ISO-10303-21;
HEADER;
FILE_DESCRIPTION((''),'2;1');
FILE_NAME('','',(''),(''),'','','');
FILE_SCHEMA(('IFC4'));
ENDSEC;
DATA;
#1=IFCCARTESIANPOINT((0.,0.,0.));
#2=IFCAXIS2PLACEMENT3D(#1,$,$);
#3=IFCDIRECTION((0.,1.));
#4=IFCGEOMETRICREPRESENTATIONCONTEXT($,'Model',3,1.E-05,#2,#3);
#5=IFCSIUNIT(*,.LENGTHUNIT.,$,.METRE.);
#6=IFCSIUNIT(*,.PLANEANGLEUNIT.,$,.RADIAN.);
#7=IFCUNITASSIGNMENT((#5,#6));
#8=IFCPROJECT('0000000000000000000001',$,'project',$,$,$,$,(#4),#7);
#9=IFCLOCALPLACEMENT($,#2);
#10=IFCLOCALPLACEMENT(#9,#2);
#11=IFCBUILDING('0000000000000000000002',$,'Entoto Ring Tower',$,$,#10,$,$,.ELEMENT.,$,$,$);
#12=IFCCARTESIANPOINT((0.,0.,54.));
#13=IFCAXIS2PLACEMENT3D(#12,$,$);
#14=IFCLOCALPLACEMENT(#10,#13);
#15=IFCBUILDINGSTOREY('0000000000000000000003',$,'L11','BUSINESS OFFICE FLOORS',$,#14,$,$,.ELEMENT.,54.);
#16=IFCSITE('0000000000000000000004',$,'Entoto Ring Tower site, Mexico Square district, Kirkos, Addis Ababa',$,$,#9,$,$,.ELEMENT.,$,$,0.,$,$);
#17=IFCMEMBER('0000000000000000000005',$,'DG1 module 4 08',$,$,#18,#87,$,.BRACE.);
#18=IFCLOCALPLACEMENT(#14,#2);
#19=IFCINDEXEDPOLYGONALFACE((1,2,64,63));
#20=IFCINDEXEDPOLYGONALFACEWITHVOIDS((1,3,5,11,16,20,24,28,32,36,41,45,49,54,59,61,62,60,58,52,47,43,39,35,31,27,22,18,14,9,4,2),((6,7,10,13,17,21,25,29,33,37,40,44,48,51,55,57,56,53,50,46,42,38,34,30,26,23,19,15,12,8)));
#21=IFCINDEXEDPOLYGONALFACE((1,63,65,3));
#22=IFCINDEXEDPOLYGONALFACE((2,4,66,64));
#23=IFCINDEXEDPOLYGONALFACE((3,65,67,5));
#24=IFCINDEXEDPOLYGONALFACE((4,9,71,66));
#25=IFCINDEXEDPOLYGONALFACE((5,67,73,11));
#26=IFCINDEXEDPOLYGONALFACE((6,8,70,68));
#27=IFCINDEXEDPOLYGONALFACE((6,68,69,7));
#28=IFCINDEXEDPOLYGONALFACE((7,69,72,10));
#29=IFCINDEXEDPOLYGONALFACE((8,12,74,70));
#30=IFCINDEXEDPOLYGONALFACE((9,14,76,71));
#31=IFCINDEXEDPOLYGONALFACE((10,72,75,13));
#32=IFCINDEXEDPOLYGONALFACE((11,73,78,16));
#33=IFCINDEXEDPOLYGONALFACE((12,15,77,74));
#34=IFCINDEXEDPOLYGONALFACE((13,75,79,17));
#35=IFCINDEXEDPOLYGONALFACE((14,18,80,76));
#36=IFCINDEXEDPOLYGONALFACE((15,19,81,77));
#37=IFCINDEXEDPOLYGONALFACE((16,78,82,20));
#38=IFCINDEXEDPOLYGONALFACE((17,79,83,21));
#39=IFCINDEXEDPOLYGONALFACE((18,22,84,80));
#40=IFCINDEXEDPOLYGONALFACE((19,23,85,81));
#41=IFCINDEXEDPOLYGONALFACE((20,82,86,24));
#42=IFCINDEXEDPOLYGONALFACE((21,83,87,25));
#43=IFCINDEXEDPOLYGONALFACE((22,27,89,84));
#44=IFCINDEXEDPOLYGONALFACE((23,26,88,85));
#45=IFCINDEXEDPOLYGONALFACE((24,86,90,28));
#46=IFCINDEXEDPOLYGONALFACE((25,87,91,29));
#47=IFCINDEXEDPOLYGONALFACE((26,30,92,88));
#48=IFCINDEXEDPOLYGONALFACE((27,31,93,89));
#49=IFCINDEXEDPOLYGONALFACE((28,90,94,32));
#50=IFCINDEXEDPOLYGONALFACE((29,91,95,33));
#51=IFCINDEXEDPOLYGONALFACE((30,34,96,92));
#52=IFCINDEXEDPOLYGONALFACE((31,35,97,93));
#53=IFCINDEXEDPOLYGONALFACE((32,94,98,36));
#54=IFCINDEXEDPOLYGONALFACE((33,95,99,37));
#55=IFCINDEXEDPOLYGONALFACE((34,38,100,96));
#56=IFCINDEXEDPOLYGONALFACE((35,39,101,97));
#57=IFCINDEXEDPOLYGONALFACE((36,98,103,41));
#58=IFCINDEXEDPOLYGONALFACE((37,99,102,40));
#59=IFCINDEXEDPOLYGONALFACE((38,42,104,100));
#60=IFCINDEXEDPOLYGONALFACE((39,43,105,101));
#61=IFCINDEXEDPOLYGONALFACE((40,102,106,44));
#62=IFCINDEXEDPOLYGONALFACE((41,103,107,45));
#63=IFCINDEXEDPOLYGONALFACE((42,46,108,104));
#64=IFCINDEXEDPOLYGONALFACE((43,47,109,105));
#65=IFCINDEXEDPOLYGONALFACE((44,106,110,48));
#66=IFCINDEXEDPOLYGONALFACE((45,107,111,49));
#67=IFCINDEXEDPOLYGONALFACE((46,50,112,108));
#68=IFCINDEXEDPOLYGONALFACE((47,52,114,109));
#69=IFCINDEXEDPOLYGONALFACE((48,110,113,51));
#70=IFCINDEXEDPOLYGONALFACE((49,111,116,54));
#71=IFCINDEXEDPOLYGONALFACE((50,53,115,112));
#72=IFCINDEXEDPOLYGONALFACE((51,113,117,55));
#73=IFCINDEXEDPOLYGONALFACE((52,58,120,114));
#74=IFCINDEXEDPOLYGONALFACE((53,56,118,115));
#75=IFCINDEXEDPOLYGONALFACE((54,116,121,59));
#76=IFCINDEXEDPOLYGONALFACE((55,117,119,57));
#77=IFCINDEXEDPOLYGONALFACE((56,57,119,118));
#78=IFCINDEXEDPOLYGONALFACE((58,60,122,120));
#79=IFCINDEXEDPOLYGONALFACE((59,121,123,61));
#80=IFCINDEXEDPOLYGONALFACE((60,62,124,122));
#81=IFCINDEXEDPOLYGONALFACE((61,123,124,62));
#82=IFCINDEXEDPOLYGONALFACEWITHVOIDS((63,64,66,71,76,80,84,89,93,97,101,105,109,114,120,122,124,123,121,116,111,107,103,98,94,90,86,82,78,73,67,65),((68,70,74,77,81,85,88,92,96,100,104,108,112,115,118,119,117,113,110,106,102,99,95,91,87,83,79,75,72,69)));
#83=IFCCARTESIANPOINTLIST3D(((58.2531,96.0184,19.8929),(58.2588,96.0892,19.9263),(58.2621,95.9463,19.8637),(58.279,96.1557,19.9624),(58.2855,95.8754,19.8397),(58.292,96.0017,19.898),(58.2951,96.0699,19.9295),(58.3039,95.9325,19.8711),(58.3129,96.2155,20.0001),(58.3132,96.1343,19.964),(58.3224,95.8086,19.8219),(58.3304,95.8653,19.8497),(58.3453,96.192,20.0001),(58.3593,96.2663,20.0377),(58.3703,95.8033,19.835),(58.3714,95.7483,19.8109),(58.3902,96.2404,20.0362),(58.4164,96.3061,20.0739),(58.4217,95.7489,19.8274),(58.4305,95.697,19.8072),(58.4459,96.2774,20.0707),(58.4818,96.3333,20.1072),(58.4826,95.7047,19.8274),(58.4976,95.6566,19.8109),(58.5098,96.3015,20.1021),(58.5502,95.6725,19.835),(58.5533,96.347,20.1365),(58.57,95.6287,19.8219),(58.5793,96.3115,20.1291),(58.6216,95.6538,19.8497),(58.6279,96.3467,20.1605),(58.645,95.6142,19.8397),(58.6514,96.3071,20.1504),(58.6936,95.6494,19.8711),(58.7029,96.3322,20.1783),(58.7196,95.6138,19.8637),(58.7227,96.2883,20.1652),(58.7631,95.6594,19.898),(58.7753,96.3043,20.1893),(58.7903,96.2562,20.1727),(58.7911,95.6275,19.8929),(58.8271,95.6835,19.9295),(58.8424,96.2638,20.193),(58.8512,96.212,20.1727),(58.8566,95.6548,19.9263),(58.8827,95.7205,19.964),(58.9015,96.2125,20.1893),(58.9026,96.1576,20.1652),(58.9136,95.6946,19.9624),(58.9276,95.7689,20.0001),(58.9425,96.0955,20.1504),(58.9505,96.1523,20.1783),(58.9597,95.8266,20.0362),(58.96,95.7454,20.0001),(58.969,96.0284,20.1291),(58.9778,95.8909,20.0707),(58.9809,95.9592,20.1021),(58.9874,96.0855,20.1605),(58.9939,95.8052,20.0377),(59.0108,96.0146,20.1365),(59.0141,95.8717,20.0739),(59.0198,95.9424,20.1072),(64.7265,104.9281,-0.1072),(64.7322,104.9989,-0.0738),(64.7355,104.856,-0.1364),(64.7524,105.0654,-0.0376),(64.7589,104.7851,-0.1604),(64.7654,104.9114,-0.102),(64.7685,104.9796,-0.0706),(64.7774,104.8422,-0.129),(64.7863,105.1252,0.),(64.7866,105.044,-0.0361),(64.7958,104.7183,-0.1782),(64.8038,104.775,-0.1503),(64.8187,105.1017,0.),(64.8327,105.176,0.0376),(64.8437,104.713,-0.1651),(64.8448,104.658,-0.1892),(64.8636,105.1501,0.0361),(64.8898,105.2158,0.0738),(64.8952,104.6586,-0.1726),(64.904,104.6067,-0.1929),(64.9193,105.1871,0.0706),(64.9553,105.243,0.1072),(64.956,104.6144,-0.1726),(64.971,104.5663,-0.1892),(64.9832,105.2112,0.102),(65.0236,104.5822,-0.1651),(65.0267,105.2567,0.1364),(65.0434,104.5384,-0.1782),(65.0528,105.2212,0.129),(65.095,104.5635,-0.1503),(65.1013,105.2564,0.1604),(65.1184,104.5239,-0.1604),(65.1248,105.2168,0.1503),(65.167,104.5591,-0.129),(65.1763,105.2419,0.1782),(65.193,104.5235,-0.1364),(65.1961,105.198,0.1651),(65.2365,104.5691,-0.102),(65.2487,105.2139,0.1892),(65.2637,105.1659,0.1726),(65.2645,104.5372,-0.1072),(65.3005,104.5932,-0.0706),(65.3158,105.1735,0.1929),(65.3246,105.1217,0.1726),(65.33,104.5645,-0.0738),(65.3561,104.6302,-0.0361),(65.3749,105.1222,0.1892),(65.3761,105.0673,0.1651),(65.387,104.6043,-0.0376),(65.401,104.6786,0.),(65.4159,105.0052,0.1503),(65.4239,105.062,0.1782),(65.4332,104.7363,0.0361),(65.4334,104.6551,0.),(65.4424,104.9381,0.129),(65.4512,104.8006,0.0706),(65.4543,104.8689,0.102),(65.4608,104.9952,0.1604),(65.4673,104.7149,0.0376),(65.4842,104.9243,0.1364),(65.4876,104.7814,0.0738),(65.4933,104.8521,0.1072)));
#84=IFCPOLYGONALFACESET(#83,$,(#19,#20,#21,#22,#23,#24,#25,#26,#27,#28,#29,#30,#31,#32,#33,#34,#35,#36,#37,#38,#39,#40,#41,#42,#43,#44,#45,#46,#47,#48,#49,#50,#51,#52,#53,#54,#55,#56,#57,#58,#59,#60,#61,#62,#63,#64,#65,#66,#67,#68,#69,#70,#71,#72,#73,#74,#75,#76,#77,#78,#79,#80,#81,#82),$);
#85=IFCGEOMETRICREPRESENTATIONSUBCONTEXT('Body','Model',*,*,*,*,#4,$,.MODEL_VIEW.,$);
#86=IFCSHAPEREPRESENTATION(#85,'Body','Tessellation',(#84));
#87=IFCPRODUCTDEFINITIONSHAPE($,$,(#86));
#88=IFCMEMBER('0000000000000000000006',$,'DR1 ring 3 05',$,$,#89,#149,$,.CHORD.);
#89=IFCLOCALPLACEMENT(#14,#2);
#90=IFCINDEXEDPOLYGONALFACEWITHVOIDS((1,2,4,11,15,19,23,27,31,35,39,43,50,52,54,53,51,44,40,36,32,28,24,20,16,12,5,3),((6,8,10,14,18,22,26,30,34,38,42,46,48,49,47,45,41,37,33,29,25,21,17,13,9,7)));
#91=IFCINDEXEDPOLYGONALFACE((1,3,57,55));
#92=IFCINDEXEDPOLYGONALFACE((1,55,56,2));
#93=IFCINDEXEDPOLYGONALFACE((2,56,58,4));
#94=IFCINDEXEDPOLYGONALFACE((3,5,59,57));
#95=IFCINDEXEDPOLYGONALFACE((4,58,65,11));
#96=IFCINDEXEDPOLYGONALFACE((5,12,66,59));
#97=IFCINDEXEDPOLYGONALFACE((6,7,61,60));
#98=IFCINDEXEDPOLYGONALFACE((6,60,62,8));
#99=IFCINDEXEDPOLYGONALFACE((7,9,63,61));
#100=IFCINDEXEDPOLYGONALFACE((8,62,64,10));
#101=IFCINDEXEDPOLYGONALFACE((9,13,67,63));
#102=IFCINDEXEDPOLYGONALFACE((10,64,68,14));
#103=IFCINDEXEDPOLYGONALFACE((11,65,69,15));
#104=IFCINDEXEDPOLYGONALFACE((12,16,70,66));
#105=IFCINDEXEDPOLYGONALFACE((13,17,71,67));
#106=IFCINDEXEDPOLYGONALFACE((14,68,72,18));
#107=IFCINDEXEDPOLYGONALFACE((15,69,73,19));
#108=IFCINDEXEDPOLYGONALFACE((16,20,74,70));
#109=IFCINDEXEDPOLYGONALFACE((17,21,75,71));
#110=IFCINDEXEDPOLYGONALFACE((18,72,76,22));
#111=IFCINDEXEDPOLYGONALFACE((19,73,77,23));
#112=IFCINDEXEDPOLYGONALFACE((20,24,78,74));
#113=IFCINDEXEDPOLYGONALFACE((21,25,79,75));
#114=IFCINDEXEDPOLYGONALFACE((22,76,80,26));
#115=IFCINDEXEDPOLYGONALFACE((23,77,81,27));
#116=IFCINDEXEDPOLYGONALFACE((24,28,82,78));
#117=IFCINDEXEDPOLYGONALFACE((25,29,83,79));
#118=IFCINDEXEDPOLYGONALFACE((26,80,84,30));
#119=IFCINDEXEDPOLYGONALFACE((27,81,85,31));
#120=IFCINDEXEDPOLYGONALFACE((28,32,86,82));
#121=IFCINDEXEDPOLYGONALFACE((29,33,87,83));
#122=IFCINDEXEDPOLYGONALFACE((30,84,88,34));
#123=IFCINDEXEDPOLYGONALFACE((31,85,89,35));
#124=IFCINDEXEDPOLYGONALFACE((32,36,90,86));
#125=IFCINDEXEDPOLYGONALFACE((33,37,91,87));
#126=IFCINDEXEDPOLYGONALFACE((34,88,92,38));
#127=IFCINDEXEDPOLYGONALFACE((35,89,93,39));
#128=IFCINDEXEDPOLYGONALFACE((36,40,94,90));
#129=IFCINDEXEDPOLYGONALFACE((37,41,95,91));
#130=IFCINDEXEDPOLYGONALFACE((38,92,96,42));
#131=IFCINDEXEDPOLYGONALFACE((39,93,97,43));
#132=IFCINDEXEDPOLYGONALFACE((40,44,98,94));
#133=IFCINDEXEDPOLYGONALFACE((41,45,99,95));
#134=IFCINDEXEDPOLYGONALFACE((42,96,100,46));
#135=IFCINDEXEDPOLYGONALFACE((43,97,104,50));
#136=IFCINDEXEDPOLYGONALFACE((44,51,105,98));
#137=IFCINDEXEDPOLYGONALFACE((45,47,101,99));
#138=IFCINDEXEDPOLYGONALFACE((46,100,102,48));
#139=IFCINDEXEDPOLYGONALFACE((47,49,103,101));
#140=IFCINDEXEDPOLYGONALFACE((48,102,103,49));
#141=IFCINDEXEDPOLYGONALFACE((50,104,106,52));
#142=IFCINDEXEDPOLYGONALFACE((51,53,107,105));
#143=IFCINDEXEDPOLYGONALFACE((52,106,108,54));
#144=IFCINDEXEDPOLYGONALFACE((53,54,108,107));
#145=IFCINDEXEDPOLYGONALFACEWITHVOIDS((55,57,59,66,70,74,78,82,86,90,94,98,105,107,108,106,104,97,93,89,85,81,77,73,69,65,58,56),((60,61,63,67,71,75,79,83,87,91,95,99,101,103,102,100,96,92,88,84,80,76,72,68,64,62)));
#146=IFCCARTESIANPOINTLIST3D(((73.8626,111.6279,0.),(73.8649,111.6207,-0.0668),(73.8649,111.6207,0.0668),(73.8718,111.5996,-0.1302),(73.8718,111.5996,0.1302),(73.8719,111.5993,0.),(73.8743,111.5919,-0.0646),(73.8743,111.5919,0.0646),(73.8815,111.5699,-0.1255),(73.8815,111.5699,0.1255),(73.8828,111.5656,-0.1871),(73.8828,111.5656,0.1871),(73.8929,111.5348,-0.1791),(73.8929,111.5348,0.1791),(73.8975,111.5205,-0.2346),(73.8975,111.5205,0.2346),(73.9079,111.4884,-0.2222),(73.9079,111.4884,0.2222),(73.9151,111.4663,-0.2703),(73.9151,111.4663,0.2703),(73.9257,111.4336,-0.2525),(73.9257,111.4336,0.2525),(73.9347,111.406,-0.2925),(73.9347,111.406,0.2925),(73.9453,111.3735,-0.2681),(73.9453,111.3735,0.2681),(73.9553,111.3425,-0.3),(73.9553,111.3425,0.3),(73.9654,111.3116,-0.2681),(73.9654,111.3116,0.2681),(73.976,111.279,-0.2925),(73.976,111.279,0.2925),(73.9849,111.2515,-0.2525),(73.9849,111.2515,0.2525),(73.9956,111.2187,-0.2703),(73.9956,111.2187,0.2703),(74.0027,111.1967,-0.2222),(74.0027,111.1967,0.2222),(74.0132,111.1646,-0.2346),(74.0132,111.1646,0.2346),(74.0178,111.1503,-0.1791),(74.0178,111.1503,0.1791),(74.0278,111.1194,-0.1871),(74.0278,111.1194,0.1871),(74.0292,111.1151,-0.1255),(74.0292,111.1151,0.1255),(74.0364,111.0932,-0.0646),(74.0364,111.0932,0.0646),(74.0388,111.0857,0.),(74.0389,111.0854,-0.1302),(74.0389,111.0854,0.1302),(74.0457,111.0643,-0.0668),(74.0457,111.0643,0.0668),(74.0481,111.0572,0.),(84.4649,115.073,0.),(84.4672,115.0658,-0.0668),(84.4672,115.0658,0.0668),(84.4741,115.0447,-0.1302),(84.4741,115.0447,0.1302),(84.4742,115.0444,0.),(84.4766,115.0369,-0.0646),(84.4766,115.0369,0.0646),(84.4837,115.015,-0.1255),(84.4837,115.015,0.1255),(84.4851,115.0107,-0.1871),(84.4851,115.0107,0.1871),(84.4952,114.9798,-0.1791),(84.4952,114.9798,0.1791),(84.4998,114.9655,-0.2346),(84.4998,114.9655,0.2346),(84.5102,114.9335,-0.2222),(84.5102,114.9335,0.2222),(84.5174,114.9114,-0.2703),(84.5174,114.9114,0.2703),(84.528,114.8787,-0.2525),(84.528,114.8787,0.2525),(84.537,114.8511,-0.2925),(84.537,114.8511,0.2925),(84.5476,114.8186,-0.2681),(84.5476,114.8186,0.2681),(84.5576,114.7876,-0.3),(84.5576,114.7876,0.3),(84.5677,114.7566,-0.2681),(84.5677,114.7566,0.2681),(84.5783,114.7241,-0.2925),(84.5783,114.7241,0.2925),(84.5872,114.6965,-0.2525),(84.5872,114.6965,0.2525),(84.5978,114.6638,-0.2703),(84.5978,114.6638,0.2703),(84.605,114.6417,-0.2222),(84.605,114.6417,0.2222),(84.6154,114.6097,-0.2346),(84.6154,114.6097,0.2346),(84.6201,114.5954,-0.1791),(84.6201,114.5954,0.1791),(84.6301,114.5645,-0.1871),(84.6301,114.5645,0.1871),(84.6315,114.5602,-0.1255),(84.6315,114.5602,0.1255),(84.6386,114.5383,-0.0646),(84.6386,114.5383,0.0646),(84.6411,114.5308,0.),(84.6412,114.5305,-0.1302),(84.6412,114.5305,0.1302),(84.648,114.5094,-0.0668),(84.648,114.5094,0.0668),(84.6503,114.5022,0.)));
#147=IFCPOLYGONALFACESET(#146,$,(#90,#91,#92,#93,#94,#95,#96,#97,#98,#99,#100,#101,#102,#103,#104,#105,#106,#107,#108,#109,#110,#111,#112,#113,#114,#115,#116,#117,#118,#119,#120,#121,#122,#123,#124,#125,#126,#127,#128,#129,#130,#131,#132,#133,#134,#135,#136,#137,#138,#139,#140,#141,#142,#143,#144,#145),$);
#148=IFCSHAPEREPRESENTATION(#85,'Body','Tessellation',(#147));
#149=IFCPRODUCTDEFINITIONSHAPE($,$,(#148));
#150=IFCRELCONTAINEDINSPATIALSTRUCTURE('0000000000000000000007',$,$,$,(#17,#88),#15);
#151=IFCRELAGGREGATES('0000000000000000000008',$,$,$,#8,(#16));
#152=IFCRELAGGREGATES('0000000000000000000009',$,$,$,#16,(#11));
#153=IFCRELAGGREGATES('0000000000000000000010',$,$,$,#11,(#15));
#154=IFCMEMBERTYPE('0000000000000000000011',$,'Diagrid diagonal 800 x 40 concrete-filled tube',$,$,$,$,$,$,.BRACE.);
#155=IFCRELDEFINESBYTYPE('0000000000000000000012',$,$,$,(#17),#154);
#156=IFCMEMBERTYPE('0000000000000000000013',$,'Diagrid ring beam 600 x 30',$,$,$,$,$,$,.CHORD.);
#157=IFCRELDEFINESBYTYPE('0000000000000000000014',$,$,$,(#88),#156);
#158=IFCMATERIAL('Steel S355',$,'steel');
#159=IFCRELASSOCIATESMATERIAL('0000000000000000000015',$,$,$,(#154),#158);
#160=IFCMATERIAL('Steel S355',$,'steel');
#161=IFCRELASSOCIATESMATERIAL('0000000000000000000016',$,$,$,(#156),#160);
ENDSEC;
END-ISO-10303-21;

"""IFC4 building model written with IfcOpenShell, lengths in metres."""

from ifc_helpers import new_model, si_unit, direction, frame, origin, origin_2d, place, context, subcontext, project, spatial, circle, hollow_circle, extrude, material, material_profile, profile_set, type_object, element, save


model = new_model("IFC4")

# Units and contexts
model_context = context("Model", 3, precision=1e-05, world=origin(), true_north=direction((0.0, 1.0)))
body_context = subcontext(model_context, "Body", "Model", "MODEL_VIEW")
ifc_project = project(units=[si_unit("LENGTHUNIT", "METRE"), si_unit("PLANEANGLEUNIT", "RADIAN")], contexts=[model_context])

# Site, building, storey
site_placement = place(None, origin())
site = spatial("IfcSite", under=ifc_project, at=site_placement, Name="Entoto Ring Tower site, Mexico Square district, Kirkos, Addis Ababa", CompositionType="ELEMENT", RefElevation=0.0)
building_placement = place(site_placement, origin())
building = spatial("IfcBuilding", under=site, at=building_placement, Name="Entoto Ring Tower", CompositionType="ELEMENT")
storey_placement = place(building_placement, frame((0.0, 0.0, 54.0)))
storey = spatial("IfcBuildingStorey", under=building, at=storey_placement, Name="L11", Description="BUSINESS OFFICE FLOORS", CompositionType="ELEMENT", Elevation=54.0)

# Members
ifc_material_1 = material(Name="Steel S355", Category="steel")
ifc_material_profile_1 = material_profile(ifc_material_1, hollow_circle(Radius=0.3999, WallThickness=0.04, at=origin_2d()), Name="CHS 800 x 40")
ifc_material_2 = material(Name="Concrete C60/75", Category="concrete")
ifc_material_profile_2 = material_profile(ifc_material_2, circle(Radius=0.3601, at=origin_2d()), Name="Concrete C60/75 infill")
ifc_profile_set_1 = profile_set([ifc_material_profile_1, ifc_material_profile_2], Name="Steel S355")
member_type_1 = type_object("IfcMemberType", Name="Diagrid diagonal 800 x 40 concrete-filled tube", PredefinedType="BRACE", material=ifc_profile_set_1)
for number, where, z_axis, x_axis, name in (
    (1, (65.1099, 104.8901, 0.0), (-0.283526, -0.390232, 0.875975), (0.809011, -0.587793, 0.0), "DG1 module 4 08"),
):
    element("IfcMember", number, at=place(storey_placement, frame(where, z_axis=z_axis, x_axis=x_axis)), inside=storey, type_object=member_type_1, Name=name, PredefinedType="BRACE", context=body_context, shape_type="SweptSolid", body=[
        extrude(hollow_circle(Radius=0.3999, WallThickness=0.04, at=origin_2d()), origin(), (0.0, 0.0, 1.0), 22.8318),
    ])
ifc_material_3 = material(Name="Steel S355", Category="steel")
ifc_material_profile_3 = material_profile(ifc_material_3, hollow_circle(Radius=0.3, WallThickness=0.03, at=origin_2d()), Name="CHS 600 x 30")
ifc_material_4 = material(Name="Concrete C60/75", Category="concrete")
ifc_material_profile_4 = material_profile(ifc_material_4, circle(Radius=0.27, at=origin_2d()), Name="Concrete C60/75 infill")
ifc_profile_set_2 = profile_set([ifc_material_profile_3, ifc_material_profile_4], Name="Steel S355")
member_type_2 = type_object("IfcMemberType", Name="Diagrid ring beam 600 x 30", PredefinedType="CHORD", material=ifc_profile_set_2)
for number, where, z_axis, x_axis, name in (
    (2, (84.5576, 114.7876, 0.0), (-0.951052, -0.309031, 0.0), (0.309031, -0.951052, 0.0), "DR1 ring 3 05"),
):
    element("IfcMember", number, at=place(storey_placement, frame(where, z_axis=z_axis, x_axis=x_axis)), inside=storey, type_object=member_type_2, Name=name, PredefinedType="CHORD", context=body_context, shape_type="SweptSolid", body=[
        extrude(hollow_circle(Radius=0.3, WallThickness=0.03, at=origin_2d()), origin(), (0.0, 0.0, 1.0), 11.1479),
    ])

save(model, "model.ifc")
